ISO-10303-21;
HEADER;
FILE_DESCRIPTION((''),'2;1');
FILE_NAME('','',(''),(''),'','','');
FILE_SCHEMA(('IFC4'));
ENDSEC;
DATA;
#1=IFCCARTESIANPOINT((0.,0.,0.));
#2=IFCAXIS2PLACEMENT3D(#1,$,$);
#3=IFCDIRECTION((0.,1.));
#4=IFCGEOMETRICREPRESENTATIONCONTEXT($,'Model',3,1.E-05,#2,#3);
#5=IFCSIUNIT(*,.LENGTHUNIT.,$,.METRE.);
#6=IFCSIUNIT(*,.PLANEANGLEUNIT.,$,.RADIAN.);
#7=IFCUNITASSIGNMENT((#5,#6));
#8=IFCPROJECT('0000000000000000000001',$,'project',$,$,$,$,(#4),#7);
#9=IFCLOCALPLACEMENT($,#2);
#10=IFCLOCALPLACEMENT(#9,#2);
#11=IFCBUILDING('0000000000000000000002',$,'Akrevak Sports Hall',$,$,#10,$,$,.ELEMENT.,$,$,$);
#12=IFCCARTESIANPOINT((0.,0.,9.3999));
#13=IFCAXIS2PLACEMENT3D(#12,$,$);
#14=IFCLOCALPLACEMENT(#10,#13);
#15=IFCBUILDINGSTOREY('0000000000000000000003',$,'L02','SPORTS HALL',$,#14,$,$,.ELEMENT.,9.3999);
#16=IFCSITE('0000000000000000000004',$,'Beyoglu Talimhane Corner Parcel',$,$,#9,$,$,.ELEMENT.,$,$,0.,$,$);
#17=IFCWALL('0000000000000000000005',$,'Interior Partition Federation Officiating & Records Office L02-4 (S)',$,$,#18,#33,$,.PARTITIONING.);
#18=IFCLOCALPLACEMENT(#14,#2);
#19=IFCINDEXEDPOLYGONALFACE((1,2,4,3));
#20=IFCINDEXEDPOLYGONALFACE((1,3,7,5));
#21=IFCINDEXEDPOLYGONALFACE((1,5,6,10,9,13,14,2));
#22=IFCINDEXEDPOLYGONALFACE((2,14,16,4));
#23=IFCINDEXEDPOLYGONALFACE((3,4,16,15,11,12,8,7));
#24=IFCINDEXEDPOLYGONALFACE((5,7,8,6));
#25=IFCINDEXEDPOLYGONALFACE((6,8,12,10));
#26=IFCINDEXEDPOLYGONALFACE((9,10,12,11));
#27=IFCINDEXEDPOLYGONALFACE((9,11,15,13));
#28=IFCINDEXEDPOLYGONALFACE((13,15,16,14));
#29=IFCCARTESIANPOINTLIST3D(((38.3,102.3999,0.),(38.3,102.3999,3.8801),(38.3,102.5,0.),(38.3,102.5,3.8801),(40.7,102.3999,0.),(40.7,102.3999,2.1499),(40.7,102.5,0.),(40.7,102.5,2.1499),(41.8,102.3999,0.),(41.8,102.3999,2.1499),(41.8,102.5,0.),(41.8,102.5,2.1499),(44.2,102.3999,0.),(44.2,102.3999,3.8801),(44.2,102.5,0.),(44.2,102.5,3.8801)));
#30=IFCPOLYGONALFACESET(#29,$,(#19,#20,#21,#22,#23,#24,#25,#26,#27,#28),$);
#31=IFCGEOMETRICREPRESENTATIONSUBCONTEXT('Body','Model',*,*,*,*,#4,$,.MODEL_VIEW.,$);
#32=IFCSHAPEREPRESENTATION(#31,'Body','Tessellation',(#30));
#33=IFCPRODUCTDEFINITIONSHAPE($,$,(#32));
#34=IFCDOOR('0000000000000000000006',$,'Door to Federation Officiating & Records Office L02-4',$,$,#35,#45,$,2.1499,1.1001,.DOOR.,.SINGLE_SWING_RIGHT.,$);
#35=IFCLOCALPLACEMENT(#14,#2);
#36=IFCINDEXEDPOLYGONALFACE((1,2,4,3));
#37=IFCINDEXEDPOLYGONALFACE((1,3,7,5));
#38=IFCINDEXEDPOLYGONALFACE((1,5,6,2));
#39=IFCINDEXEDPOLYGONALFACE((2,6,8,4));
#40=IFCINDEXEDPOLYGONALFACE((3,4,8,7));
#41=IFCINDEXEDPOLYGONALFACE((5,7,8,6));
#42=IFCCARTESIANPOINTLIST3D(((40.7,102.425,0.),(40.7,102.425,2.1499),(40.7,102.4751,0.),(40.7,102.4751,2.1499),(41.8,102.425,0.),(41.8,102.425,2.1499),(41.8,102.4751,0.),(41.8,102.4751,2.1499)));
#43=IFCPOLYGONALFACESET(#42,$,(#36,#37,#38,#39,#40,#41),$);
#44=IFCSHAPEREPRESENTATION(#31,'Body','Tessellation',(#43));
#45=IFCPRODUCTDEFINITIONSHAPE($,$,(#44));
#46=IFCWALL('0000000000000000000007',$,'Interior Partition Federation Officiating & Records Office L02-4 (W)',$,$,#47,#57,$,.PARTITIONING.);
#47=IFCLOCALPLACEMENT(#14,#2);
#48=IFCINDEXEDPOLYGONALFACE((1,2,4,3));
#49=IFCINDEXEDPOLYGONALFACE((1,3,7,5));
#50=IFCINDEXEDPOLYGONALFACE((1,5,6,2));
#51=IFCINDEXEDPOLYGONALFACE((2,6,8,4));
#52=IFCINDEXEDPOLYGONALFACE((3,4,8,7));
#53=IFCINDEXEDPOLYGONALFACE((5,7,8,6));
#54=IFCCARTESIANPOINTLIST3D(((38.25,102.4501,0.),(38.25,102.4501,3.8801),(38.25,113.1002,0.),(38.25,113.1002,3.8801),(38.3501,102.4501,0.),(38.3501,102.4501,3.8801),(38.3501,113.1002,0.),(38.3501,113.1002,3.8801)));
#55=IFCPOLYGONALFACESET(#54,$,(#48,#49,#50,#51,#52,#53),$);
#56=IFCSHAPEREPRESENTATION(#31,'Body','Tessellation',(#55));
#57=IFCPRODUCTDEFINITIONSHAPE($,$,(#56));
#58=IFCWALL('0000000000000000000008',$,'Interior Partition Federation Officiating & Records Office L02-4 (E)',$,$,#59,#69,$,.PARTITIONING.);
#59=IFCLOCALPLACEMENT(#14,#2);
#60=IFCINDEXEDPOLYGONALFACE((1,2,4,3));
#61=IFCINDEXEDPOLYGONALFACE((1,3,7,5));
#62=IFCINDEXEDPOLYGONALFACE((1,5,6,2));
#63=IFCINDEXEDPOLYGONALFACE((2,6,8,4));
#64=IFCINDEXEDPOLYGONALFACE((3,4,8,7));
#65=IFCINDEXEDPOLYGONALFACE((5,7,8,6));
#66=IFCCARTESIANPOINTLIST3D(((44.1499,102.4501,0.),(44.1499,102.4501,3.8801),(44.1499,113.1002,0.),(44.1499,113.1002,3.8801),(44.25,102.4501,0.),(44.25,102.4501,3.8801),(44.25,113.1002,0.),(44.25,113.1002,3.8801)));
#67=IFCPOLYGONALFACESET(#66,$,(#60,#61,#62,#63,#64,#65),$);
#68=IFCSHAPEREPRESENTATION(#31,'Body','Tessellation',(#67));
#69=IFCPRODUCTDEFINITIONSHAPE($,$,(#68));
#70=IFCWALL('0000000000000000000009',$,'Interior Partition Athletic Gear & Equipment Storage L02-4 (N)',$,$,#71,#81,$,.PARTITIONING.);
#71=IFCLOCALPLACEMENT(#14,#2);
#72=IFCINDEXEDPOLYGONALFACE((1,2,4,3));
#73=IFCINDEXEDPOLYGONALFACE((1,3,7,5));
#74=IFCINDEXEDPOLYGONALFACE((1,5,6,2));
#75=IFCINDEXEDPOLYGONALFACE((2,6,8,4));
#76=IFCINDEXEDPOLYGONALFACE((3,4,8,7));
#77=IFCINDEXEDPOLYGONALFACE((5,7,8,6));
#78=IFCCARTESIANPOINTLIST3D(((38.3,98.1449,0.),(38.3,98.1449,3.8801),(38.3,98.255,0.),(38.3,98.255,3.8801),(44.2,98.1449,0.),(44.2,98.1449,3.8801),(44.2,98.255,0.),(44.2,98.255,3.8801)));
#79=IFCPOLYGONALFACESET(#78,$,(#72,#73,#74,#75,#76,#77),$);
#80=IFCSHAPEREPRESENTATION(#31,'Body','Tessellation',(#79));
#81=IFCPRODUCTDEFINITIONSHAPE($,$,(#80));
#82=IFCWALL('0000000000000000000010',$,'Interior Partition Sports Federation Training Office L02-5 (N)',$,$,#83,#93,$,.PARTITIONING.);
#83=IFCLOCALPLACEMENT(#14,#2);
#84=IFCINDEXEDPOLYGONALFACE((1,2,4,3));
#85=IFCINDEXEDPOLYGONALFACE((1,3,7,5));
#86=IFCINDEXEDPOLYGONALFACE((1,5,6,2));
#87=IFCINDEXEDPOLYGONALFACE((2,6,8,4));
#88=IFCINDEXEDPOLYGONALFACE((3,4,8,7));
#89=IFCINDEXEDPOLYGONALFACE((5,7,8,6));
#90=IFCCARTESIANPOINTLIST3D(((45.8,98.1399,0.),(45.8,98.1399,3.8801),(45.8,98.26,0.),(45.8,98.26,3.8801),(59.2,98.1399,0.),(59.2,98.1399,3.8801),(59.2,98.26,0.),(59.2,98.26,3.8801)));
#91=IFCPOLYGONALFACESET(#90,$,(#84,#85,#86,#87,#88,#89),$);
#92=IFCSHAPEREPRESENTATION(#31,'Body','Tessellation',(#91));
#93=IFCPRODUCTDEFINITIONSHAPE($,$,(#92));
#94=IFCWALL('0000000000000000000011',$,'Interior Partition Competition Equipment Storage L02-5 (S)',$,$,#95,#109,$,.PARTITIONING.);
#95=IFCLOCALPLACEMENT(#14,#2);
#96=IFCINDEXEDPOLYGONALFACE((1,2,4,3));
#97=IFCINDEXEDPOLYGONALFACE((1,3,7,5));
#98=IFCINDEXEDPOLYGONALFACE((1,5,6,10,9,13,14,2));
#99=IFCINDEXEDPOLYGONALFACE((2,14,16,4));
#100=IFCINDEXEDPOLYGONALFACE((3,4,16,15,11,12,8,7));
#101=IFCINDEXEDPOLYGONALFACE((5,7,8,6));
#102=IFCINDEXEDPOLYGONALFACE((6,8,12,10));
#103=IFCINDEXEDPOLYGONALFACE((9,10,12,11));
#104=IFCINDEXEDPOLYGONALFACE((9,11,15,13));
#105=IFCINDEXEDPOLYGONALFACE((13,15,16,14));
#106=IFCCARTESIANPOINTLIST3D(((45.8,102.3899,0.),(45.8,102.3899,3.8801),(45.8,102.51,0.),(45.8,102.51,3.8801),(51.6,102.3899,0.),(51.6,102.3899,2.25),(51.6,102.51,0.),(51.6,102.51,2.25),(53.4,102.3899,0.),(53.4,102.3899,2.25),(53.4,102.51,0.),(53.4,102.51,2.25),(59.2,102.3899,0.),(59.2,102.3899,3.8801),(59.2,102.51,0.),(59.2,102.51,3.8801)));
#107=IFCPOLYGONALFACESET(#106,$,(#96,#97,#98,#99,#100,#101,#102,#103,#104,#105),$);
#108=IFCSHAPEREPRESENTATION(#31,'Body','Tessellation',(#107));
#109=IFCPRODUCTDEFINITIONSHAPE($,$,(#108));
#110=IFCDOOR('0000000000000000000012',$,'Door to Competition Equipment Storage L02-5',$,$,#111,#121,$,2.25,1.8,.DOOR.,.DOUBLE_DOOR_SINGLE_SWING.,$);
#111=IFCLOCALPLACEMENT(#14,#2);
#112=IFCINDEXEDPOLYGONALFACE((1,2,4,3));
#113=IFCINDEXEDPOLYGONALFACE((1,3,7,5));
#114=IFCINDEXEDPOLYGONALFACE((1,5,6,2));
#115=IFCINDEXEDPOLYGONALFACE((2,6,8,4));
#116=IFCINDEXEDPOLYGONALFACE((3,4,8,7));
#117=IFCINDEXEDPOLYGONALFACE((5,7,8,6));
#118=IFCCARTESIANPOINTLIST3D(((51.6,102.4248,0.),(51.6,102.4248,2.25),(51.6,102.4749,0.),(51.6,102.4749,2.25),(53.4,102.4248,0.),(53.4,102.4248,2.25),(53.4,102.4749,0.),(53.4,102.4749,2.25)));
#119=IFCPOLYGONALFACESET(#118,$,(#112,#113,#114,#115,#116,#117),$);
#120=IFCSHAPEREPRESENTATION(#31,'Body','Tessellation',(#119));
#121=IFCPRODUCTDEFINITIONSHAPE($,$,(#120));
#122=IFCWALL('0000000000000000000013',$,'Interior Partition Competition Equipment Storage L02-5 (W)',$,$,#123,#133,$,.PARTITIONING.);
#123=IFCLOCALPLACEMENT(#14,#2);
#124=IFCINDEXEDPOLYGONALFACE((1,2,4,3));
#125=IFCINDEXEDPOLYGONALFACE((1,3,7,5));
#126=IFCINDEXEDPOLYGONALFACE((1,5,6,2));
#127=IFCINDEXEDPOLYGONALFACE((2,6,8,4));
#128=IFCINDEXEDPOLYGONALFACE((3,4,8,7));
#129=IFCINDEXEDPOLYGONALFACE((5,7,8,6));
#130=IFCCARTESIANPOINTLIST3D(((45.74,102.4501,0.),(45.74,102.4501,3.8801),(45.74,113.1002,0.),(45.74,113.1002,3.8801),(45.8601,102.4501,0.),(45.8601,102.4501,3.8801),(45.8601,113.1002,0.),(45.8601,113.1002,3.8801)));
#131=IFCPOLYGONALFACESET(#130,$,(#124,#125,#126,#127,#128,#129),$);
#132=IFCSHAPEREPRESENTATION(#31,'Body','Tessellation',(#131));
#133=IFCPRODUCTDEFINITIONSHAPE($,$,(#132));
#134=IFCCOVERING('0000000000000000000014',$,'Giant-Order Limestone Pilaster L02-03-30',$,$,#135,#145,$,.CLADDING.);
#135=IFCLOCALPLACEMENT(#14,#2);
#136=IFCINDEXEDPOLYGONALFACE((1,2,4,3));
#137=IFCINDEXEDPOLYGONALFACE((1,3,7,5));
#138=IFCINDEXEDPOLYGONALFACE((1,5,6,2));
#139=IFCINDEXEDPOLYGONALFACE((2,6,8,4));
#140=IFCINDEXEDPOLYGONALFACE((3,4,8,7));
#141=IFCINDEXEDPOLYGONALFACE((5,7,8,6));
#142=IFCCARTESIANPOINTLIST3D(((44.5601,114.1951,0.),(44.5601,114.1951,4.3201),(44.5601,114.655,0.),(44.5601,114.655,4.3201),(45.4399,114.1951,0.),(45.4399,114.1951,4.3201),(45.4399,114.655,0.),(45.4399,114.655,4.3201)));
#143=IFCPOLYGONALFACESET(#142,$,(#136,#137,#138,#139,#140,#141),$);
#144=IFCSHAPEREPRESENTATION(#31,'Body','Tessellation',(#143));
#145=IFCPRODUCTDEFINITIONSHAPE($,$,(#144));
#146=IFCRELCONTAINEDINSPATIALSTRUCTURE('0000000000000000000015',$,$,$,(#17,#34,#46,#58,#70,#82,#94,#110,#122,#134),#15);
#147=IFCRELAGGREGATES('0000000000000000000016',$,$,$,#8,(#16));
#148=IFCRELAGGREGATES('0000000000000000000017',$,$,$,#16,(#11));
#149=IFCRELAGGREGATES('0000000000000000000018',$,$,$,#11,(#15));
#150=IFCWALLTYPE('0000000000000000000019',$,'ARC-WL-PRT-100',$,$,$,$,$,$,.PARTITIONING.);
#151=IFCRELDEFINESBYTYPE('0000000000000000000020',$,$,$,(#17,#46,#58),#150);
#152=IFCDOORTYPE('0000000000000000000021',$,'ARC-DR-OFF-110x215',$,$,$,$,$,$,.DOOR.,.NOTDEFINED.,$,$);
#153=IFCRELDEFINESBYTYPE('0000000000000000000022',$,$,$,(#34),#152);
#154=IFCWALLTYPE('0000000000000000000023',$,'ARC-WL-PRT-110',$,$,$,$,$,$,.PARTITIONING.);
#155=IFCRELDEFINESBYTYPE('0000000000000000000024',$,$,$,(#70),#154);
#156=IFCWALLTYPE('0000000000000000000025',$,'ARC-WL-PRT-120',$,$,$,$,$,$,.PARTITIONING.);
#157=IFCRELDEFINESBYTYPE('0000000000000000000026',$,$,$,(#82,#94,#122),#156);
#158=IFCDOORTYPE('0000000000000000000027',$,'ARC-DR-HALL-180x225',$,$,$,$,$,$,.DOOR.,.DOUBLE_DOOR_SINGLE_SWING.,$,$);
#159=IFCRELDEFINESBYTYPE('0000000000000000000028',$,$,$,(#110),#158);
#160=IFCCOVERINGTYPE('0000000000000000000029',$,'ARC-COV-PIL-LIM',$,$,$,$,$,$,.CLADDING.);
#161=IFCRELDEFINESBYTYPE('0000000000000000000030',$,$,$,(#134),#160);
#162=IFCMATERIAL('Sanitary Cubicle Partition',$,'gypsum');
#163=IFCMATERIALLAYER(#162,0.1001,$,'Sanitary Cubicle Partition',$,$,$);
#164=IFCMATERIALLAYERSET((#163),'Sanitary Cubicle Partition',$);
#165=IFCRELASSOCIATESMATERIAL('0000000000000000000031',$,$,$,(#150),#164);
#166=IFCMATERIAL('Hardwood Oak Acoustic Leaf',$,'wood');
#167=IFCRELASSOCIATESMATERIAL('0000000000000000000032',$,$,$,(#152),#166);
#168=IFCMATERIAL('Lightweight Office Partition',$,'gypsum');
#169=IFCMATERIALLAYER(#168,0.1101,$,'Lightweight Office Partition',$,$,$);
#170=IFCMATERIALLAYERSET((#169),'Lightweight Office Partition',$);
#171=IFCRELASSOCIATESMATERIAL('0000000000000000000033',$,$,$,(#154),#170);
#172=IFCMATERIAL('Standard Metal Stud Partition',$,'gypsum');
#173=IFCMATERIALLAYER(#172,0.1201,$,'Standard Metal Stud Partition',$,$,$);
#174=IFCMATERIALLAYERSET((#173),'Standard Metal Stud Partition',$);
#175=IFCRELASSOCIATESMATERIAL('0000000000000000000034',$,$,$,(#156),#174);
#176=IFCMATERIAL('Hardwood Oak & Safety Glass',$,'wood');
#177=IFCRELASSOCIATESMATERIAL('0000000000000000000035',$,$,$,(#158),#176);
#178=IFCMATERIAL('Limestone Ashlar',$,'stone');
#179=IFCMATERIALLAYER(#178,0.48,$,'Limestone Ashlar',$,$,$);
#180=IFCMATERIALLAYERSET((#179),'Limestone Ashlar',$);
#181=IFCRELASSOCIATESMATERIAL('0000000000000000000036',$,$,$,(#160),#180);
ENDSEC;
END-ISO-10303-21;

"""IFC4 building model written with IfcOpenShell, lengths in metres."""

from ifc_helpers import new_model, si_unit, direction, frame, frame_2d, origin, origin_2d, place, context, subcontext, project, spatial, rectangle, extrude, material, layer, layer_set, type_object, element, fill, save


model = new_model("IFC4")

# Units and contexts
model_context = context("Model", 3, precision=1e-05, world=origin(), true_north=direction((0.0, 1.0)))
body_context = subcontext(model_context, "Body", "Model", "MODEL_VIEW")
ifc_project = project(units=[si_unit("LENGTHUNIT", "METRE"), si_unit("PLANEANGLEUNIT", "RADIAN")], contexts=[model_context])

# Site, building, storey
site_placement = place(None, origin())
site = spatial("IfcSite", under=ifc_project, at=site_placement, Name="Beyoglu Talimhane Corner Parcel", CompositionType="ELEMENT", RefElevation=0.0)
building_placement = place(site_placement, origin())
building = spatial("IfcBuilding", under=site, at=building_placement, Name="Akrevak Sports Hall", CompositionType="ELEMENT")
storey_placement = place(building_placement, frame((0.0, 0.0, 9.3999)))
storey = spatial("IfcBuildingStorey", under=building, at=storey_placement, Name="L02", Description="SPORTS HALL", CompositionType="ELEMENT", Elevation=9.3999)

# Wall, opening, door
ifc_material_1 = material(Name="Sanitary Cubicle Partition", Category="gypsum")
ifc_layer_1 = layer(ifc_material_1, 0.1001, Name="Sanitary Cubicle Partition")
ifc_layer_set_1 = layer_set([ifc_layer_1], Name="Sanitary Cubicle Partition")
wall_type_1 = type_object("IfcWallType", Name="ARC-WL-PRT-100", PredefinedType="PARTITIONING", material=ifc_layer_set_1)
wall_1_placement = place(storey_placement, frame((38.3, 102.45, 0.0), z_axis=(0.0, 0.0, 1.0), x_axis=(1.0, 0.0, 0.0)))
wall_1 = element("IfcWall", 1, at=wall_1_placement, inside=storey, type_object=wall_type_1, Name="Interior Partition Federation Officiating & Records Office L02-4 (S)", PredefinedType="PARTITIONING", context=body_context, shape_type="SweptSolid", body=[
    extrude(rectangle(XDim=5.8999, YDim=0.1001, at=frame_2d((2.95, 0.0))), origin(), (0.0, 0.0, 1.0), 3.8801),
])
opening_1_placement = place(wall_1_placement, frame((2.3999, 0.0, 0.0)))
opening_1 = element("IfcOpeningElement", 2, at=opening_1_placement, cuts=wall_1, PredefinedType="OPENING", context=body_context, shape_type="SweptSolid", body=[
    extrude(rectangle(XDim=1.1001, YDim=2.1499, at=frame_2d((0.55, 1.075))), frame((0.0, 0.062, 0.0), z_axis=(0.0, -1.0, 0.0), x_axis=(1.0, 0.0, 0.0)), (0.0, 0.0, 1.0), 0.124),
])
ifc_material_2 = material(Name="Hardwood Oak Acoustic Leaf", Category="wood")
door_type_1 = type_object("IfcDoorType", Name="ARC-DR-OFF-110x215", OperationType="NOTDEFINED", PredefinedType="DOOR", material=ifc_material_2)
door_1_placement = place(opening_1_placement, frame((1.1001, 0.0, 0.0), z_axis=(0.0, 0.0, 1.0), x_axis=(-1.0, 0.0, 0.0)))
door_1 = element("IfcDoor", 3, at=door_1_placement, inside=storey, type_object=door_type_1, Name="Door to Federation Officiating & Records Office L02-4", OperationType="SINGLE_SWING_RIGHT", OverallHeight=2.1499, OverallWidth=1.1001, PredefinedType="DOOR", context=body_context, shape_type="SweptSolid", body=[
    extrude(rectangle(XDim=1.1001, YDim=2.1499, at=frame_2d((0.55, 1.075))), frame((0.0, 0.0249, 0.0), z_axis=(0.0, -1.0, 0.0), x_axis=(1.0, 0.0, 0.0)), (0.0, 0.0, 1.0), 0.05),
])
fill(opening_1, door_1)

# Walls
for number, where, z_axis, x_axis, name in (
    (4, (38.3, 102.45, 0.0), (0.0, 0.0, 1.0), (0.0, 1.0, 0.0), "Interior Partition Federation Officiating & Records Office L02-4 (W)"),
    (5, (44.2, 102.45, 0.0), (0.0, 0.0, 1.0), (0.0, 1.0, 0.0), "Interior Partition Federation Officiating & Records Office L02-4 (E)"),
):
    element("IfcWall", number, at=place(storey_placement, frame(where, z_axis=z_axis, x_axis=x_axis)), inside=storey, type_object=wall_type_1, Name=name, PredefinedType="PARTITIONING", context=body_context, shape_type="SweptSolid", body=[
        extrude(rectangle(XDim=10.6501, YDim=0.1001, at=frame_2d((5.3252, 0.0))), origin(), (0.0, 0.0, 1.0), 3.8801),
    ])
ifc_material_3 = material(Name="Lightweight Office Partition", Category="gypsum")
ifc_layer_2 = layer(ifc_material_3, 0.1101, Name="Lightweight Office Partition")
ifc_layer_set_2 = layer_set([ifc_layer_2], Name="Lightweight Office Partition")
wall_type_2 = type_object("IfcWallType", Name="ARC-WL-PRT-110", PredefinedType="PARTITIONING", material=ifc_layer_set_2)
wall_2_placement = place(storey_placement, frame((38.3, 98.2, 0.0), z_axis=(0.0, 0.0, 1.0), x_axis=(1.0, 0.0, 0.0)))
element("IfcWall", 6, at=wall_2_placement, inside=storey, type_object=wall_type_2, Name="Interior Partition Athletic Gear & Equipment Storage L02-4 (N)", PredefinedType="PARTITIONING", context=body_context, shape_type="SweptSolid", body=[
    extrude(rectangle(XDim=5.8999, YDim=0.1101, at=frame_2d((2.95, 0.0))), origin(), (0.0, 0.0, 1.0), 3.8801),
])
ifc_material_4 = material(Name="Standard Metal Stud Partition", Category="gypsum")
ifc_layer_3 = layer(ifc_material_4, 0.1201, Name="Standard Metal Stud Partition")
ifc_layer_set_3 = layer_set([ifc_layer_3], Name="Standard Metal Stud Partition")
wall_type_3 = type_object("IfcWallType", Name="ARC-WL-PRT-120", PredefinedType="PARTITIONING", material=ifc_layer_set_3)
wall_3_placement = place(storey_placement, frame((45.8, 98.2, 0.0), z_axis=(0.0, 0.0, 1.0), x_axis=(1.0, 0.0, 0.0)))
element("IfcWall", 7, at=wall_3_placement, inside=storey, type_object=wall_type_3, Name="Interior Partition Sports Federation Training Office L02-5 (N)", PredefinedType="PARTITIONING", context=body_context, shape_type="SweptSolid", body=[
    extrude(rectangle(XDim=13.3999, YDim=0.1201, at=frame_2d((6.7, 0.0))), origin(), (0.0, 0.0, 1.0), 3.8801),
])

# Wall, opening, door
wall_4_placement = place(storey_placement, frame((45.8, 102.45, 0.0), z_axis=(0.0, 0.0, 1.0), x_axis=(1.0, 0.0, 0.0)))
wall_4 = element("IfcWall", 8, at=wall_4_placement, inside=storey, type_object=wall_type_3, Name="Interior Partition Competition Equipment Storage L02-5 (S)", PredefinedType="PARTITIONING", context=body_context, shape_type="SweptSolid", body=[
    extrude(rectangle(XDim=13.3999, YDim=0.1201, at=frame_2d((6.7, 0.0))), origin(), (0.0, 0.0, 1.0), 3.8801),
])
opening_2_placement = place(wall_4_placement, frame((5.8, 0.0, 0.0)))
opening_2 = element("IfcOpeningElement", 9, at=opening_2_placement, cuts=wall_4, PredefinedType="OPENING", context=body_context, shape_type="SweptSolid", body=[
    extrude(rectangle(XDim=1.8, YDim=2.25, at=frame_2d((0.8999, 1.125))), frame((0.0, 0.072, 0.0), z_axis=(0.0, -1.0, 0.0), x_axis=(1.0, 0.0, 0.0)), (0.0, 0.0, 1.0), 0.144),
])
ifc_material_5 = material(Name="Hardwood Oak & Safety Glass", Category="wood")
door_type_2 = type_object("IfcDoorType", Name="ARC-DR-HALL-180x225", OperationType="DOUBLE_DOOR_SINGLE_SWING", PredefinedType="DOOR", material=ifc_material_5)
door_2_placement = place(opening_2_placement, origin())
door_2 = element("IfcDoor", 10, at=door_2_placement, inside=storey, type_object=door_type_2, Name="Door to Competition Equipment Storage L02-5", OperationType="DOUBLE_DOOR_SINGLE_SWING", OverallHeight=2.25, OverallWidth=1.8, PredefinedType="DOOR", context=body_context, shape_type="SweptSolid", body=[
    extrude(rectangle(XDim=1.8, YDim=2.25, at=frame_2d((0.8999, 1.125))), frame((0.0, 0.0249, 0.0), z_axis=(0.0, -1.0, 0.0), x_axis=(1.0, 0.0, 0.0)), (0.0, 0.0, 1.0), 0.05),
])
fill(opening_2, door_2)

# Wall
wall_5_placement = place(storey_placement, frame((45.8, 102.45, 0.0), z_axis=(0.0, 0.0, 1.0), x_axis=(0.0, 1.0, 0.0)))
element("IfcWall", 11, at=wall_5_placement, inside=storey, type_object=wall_type_3, Name="Interior Partition Competition Equipment Storage L02-5 (W)", PredefinedType="PARTITIONING", context=body_context, shape_type="SweptSolid", body=[
    extrude(rectangle(XDim=10.6501, YDim=0.1201, at=frame_2d((5.3252, 0.0))), origin(), (0.0, 0.0, 1.0), 3.8801),
])

# Covering
ifc_material_6 = material(Name="Limestone Ashlar", Category="stone")
ifc_layer_4 = layer(ifc_material_6, 0.48, Name="Limestone Ashlar")
ifc_layer_set_4 = layer_set([ifc_layer_4], Name="Limestone Ashlar")
covering_type = type_object("IfcCoveringType", Name="ARC-COV-PIL-LIM", PredefinedType="CLADDING", material=ifc_layer_set_4)
covering_placement = place(storey_placement, frame((45.0, 114.425, 0.0), z_axis=(0.0, 0.0, 1.0), x_axis=(-1.0, 0.0, 0.0)))
element("IfcCovering", 12, at=covering_placement, inside=storey, type_object=covering_type, Name="Giant-Order Limestone Pilaster L02-03-30", PredefinedType="CLADDING", context=body_context, shape_type="SweptSolid", body=[
    extrude(rectangle(XDim=0.8799, YDim=0.46, at=origin_2d()), origin(), (0.0, 0.0, 1.0), 4.3201),
])

save(model, "model.ifc")
